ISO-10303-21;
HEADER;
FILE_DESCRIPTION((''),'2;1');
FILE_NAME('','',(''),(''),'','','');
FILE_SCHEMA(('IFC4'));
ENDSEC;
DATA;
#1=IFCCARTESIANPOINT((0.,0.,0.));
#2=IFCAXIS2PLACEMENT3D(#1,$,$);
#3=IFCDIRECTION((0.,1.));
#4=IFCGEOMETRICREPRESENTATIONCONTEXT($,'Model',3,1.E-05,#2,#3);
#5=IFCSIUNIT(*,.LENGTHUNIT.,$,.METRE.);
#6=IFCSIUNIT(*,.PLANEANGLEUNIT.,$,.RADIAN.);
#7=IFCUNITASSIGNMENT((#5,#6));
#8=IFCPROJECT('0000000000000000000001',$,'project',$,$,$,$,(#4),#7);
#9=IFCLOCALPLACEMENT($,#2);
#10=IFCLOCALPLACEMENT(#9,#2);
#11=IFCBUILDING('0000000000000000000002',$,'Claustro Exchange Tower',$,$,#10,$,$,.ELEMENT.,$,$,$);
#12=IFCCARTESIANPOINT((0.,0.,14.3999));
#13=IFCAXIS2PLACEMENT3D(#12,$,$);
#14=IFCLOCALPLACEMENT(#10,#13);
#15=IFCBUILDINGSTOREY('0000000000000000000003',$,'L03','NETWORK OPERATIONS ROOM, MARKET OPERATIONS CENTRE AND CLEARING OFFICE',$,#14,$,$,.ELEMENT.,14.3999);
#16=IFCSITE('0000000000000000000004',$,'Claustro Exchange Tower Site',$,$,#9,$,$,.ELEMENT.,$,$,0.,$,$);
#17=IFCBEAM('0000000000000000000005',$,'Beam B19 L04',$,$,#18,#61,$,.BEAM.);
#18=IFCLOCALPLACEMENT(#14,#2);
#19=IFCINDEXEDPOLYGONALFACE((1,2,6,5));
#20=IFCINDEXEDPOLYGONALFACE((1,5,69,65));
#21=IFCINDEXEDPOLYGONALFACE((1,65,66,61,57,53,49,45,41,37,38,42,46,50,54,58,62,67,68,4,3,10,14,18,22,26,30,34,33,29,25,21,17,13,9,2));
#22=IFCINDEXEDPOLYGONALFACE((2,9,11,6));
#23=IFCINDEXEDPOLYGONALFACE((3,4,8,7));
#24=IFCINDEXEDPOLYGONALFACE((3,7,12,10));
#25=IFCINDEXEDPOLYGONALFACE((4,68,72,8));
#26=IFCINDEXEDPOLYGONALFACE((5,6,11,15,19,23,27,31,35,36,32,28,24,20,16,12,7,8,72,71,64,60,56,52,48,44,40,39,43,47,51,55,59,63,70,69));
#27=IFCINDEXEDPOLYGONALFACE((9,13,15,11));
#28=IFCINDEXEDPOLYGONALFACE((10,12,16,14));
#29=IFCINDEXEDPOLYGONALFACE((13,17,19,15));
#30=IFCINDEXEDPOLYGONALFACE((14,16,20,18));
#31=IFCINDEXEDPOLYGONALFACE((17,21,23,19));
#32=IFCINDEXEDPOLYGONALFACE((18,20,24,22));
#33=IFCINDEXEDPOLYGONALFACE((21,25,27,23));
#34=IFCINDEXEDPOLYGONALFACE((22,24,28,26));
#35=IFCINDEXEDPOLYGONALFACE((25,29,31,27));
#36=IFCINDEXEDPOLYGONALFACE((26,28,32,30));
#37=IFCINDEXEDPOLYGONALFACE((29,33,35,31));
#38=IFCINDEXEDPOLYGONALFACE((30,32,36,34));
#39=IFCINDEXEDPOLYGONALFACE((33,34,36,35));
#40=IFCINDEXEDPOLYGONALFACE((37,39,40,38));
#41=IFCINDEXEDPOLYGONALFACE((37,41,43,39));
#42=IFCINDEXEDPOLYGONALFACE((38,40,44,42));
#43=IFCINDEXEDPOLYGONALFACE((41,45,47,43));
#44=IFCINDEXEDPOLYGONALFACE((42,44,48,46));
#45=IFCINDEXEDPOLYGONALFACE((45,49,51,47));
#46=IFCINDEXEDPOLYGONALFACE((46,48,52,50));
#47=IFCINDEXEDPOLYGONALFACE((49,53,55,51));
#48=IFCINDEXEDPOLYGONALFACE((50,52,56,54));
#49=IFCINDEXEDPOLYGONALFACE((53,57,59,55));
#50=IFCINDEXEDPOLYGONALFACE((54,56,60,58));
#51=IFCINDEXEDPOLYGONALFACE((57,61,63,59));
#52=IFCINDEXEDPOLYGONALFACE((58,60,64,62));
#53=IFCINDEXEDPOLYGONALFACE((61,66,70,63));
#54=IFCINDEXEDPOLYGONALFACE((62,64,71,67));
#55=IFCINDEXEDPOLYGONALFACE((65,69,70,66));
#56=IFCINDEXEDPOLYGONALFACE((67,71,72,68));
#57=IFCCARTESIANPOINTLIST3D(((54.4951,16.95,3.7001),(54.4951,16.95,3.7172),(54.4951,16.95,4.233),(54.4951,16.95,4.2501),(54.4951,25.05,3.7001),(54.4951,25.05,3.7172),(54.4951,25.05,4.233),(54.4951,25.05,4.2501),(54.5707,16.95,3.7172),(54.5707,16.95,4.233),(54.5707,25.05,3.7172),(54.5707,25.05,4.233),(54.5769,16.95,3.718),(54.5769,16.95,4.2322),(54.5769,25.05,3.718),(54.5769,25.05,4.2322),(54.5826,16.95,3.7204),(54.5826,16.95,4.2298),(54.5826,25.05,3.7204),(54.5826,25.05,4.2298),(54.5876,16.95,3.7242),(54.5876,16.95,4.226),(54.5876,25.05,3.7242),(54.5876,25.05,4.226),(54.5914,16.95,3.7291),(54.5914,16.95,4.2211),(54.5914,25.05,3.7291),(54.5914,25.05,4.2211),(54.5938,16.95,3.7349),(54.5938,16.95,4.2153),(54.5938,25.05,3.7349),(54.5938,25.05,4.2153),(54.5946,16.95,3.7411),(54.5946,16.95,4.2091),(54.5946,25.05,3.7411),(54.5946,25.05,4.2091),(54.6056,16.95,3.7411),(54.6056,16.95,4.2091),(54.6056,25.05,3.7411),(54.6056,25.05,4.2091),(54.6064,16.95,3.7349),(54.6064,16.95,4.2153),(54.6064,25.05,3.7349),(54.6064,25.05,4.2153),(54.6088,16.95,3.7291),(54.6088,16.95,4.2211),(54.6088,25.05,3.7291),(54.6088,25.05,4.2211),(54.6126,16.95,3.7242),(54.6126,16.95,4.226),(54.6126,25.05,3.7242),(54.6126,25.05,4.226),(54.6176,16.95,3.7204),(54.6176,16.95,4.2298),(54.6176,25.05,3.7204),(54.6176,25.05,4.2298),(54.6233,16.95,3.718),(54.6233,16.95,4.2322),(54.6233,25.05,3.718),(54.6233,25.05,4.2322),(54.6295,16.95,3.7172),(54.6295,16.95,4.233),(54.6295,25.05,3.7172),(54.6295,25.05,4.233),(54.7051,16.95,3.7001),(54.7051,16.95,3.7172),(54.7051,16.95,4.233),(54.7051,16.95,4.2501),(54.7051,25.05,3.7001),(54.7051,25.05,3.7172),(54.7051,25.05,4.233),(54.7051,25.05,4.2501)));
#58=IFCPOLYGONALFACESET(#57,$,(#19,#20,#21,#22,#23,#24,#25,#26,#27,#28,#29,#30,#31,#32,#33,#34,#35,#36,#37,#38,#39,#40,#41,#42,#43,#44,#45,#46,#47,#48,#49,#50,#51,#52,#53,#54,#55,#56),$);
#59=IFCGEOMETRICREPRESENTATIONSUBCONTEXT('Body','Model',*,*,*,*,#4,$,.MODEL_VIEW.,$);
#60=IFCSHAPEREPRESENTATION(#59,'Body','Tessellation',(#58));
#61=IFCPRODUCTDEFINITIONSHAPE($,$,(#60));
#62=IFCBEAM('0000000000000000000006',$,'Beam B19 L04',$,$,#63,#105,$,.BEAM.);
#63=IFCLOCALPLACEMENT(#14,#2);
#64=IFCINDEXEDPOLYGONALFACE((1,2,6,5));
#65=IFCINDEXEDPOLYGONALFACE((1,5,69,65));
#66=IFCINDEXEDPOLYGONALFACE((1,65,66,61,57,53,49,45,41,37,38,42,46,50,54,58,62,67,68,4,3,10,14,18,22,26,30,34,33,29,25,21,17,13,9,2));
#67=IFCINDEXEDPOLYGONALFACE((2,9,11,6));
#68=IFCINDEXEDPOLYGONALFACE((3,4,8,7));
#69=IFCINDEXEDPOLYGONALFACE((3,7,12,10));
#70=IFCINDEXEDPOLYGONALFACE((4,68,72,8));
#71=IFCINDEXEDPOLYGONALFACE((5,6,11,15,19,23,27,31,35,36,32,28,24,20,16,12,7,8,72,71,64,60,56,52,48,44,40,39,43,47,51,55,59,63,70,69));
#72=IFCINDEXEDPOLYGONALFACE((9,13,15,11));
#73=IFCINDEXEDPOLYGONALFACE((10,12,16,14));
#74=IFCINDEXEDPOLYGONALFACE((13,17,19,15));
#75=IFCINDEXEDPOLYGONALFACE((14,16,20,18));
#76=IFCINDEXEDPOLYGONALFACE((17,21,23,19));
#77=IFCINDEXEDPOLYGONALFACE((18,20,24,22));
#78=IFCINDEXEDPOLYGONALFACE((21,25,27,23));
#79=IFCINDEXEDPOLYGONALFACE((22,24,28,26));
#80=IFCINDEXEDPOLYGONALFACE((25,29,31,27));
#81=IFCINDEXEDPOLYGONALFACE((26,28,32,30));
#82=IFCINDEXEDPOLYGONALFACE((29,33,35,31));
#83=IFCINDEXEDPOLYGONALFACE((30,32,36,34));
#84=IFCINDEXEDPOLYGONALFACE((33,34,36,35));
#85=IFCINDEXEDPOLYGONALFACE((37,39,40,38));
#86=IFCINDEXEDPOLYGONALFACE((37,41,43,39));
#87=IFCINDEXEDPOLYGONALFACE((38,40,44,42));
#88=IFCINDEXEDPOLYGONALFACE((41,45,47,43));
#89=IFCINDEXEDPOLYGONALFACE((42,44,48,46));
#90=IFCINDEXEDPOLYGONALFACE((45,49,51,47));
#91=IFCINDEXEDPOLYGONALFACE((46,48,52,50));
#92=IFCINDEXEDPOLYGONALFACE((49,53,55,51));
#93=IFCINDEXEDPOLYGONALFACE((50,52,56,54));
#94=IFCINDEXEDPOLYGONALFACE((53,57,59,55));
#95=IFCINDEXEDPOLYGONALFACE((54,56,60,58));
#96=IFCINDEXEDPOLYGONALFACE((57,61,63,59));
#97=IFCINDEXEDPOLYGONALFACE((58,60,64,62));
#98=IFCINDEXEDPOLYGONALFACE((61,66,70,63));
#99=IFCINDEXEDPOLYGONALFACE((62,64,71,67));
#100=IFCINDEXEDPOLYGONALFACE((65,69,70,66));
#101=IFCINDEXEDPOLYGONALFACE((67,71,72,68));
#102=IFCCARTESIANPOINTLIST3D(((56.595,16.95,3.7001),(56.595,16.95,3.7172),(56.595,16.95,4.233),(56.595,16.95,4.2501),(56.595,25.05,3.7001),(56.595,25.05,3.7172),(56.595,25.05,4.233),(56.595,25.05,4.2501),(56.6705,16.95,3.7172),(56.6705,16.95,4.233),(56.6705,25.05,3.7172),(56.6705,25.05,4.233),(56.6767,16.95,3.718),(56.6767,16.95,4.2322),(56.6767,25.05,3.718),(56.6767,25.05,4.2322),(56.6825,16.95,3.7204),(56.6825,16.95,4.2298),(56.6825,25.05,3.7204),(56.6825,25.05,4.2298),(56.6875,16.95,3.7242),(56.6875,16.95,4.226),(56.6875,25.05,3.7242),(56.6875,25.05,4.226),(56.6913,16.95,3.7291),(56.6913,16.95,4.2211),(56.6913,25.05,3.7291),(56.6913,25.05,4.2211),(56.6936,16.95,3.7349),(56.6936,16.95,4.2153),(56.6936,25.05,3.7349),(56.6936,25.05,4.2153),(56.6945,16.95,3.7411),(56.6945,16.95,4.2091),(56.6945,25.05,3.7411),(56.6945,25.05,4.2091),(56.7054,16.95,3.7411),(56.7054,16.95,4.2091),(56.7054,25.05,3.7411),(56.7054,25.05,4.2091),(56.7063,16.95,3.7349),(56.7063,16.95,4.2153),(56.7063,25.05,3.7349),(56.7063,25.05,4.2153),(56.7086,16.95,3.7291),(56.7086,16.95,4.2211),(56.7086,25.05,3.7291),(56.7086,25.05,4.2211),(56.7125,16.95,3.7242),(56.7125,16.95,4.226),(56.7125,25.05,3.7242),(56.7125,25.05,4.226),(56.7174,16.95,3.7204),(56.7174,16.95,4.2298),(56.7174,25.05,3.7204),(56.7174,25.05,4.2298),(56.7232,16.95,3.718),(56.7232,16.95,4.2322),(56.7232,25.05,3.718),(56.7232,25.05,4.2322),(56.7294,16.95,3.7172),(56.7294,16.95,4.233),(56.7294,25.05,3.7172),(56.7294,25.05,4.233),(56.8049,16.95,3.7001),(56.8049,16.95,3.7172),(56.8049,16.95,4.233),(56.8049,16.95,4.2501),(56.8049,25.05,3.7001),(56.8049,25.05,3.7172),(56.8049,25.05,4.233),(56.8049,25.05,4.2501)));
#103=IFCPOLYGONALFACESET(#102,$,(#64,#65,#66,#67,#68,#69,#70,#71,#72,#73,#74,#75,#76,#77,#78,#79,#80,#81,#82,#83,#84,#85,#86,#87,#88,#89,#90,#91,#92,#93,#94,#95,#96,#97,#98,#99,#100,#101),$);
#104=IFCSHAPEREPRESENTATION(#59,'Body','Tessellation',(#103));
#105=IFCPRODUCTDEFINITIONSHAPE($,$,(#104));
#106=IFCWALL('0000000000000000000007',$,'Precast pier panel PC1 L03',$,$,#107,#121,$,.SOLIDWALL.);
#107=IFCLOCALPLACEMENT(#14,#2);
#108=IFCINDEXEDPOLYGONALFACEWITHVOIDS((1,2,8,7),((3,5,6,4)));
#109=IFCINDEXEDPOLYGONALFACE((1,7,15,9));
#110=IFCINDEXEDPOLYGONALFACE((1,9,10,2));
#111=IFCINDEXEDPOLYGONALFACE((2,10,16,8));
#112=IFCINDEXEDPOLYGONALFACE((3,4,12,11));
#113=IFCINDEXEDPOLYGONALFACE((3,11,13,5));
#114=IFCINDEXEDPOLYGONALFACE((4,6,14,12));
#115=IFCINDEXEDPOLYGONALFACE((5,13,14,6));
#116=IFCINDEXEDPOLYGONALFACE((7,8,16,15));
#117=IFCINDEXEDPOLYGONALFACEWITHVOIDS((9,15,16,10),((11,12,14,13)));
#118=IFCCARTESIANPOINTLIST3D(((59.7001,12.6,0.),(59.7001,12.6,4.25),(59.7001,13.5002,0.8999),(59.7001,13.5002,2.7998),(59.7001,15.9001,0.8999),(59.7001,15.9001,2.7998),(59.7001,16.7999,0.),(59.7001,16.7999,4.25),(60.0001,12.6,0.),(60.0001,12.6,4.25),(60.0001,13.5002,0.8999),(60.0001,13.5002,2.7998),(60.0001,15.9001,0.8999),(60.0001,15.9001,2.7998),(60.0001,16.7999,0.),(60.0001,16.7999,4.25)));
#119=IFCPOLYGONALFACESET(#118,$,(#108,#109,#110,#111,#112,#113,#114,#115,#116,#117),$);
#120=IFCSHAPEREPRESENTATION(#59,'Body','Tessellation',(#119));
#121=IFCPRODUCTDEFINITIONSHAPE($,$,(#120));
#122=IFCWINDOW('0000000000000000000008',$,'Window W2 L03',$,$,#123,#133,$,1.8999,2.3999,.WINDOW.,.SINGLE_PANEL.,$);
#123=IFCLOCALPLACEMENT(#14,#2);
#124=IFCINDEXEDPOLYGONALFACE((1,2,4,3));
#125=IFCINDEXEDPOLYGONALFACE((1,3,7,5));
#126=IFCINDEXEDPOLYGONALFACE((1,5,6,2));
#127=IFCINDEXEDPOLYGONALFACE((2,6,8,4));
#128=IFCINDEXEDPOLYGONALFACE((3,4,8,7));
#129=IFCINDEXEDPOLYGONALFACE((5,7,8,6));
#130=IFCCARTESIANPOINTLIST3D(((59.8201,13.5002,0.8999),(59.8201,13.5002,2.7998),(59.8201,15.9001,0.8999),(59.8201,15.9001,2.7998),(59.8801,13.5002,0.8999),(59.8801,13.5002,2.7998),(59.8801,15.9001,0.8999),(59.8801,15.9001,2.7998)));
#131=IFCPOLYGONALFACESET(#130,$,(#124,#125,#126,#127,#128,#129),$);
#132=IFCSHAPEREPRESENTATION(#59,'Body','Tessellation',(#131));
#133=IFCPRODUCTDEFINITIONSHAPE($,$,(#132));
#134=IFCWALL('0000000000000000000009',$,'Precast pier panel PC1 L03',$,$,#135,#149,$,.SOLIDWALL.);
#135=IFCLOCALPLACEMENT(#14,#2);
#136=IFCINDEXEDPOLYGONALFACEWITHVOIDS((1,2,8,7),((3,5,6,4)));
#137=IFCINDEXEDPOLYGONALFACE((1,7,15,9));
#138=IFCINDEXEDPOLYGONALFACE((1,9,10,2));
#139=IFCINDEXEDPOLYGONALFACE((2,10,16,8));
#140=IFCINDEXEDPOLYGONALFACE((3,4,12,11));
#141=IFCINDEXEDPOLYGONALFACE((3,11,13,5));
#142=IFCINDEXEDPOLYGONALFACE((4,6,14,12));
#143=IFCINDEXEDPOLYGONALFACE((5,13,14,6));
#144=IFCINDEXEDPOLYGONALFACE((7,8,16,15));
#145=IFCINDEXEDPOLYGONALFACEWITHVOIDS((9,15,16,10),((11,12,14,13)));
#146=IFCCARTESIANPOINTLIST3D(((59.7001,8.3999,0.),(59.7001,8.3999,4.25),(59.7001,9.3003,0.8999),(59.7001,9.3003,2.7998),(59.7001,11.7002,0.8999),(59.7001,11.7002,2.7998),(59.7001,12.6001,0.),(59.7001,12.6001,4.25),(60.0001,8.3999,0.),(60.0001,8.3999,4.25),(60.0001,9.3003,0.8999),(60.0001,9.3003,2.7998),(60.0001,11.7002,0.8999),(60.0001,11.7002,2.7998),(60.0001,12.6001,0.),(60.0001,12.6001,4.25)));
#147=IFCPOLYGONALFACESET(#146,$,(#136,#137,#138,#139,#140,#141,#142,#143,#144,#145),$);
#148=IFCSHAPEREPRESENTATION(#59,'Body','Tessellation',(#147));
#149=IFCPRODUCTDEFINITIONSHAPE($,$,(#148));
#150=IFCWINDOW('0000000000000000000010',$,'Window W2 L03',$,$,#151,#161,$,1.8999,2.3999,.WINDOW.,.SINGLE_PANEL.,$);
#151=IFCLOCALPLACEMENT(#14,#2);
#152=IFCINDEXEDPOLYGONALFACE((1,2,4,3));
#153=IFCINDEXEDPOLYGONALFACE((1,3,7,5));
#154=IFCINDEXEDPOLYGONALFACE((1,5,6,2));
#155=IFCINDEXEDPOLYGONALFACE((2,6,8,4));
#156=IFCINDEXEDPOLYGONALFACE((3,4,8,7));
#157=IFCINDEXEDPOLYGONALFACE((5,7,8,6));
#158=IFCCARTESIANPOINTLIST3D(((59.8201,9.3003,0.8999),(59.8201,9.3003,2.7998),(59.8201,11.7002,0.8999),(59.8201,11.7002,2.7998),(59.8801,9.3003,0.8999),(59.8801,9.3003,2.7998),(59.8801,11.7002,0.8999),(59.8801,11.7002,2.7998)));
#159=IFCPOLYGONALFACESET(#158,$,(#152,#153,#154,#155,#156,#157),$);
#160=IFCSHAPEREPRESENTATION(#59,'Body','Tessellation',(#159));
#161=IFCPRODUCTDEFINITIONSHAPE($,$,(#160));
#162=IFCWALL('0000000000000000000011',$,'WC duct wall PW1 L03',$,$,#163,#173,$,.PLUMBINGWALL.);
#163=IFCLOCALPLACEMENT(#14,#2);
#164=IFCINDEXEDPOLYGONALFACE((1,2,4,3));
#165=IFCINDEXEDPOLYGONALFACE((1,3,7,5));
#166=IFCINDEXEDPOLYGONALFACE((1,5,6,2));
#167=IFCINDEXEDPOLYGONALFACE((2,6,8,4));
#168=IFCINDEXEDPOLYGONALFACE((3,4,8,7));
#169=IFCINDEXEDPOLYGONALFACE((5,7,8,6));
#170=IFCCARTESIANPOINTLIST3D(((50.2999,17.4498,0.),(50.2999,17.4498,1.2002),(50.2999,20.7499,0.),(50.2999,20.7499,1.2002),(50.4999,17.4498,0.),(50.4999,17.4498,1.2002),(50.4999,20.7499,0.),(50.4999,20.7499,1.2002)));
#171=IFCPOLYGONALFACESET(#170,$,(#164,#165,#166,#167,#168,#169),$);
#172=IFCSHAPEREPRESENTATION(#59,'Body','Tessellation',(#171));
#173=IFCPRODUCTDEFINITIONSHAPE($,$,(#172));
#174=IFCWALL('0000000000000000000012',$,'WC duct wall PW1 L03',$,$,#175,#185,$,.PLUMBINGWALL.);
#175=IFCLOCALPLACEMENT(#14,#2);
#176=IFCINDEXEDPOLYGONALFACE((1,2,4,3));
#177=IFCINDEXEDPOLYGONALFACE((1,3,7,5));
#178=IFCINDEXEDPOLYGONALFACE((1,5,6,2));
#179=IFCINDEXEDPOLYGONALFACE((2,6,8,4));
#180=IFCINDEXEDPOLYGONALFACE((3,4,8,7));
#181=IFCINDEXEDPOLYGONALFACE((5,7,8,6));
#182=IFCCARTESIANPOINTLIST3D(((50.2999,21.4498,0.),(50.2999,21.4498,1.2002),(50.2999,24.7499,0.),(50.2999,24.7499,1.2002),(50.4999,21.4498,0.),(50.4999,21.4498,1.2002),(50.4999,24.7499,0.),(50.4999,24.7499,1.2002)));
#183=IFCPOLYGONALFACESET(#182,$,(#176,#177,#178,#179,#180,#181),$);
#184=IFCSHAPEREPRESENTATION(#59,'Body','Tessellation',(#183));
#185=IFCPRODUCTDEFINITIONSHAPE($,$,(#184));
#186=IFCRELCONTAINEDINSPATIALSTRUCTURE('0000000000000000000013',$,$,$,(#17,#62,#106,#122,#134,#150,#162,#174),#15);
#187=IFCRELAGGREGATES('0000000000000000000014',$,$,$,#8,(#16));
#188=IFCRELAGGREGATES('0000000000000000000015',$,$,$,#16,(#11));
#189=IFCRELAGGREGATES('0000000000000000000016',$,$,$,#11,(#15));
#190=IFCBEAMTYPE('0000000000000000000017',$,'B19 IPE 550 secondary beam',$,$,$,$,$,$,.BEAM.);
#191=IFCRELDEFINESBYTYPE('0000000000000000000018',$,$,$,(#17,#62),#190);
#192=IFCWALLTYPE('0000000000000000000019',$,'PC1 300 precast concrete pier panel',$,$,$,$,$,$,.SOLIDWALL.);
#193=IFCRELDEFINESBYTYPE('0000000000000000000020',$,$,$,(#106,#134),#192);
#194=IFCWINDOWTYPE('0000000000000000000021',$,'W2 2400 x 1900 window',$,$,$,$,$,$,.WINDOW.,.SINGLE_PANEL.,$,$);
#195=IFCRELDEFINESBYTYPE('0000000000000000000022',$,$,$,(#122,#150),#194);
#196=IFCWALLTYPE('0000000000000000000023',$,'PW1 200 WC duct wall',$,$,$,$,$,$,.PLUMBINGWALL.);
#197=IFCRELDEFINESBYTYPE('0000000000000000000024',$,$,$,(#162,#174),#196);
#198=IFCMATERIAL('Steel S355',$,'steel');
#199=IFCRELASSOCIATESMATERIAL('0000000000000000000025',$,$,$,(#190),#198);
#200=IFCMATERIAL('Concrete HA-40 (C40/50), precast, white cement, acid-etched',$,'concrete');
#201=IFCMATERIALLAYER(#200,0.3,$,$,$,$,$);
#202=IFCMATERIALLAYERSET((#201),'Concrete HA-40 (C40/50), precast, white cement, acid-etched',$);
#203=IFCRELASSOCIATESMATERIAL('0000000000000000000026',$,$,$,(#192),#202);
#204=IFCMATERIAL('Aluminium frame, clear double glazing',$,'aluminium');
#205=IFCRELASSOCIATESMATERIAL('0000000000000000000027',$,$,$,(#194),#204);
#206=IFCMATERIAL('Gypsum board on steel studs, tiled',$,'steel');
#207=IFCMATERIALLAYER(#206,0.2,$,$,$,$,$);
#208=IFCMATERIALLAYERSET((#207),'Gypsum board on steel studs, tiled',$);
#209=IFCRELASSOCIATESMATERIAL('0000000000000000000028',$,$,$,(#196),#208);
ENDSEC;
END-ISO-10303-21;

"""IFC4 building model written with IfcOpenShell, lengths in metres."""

from ifc_helpers import new_model, si_unit, direction, frame, frame_2d, origin, origin_2d, place, context, subcontext, project, spatial, rectangle, i_section, extrude, material, layer, layer_set, material_profile, profile_set, type_object, element, fill, save


model = new_model("IFC4")

# Units and contexts
model_context = context("Model", 3, precision=1e-05, world=origin(), true_north=direction((0.0, 1.0)))
body_context = subcontext(model_context, "Body", "Model", "MODEL_VIEW")
ifc_project = project(units=[si_unit("LENGTHUNIT", "METRE"), si_unit("PLANEANGLEUNIT", "RADIAN")], contexts=[model_context])

# Site, building, storey
site_placement = place(None, origin())
site = spatial("IfcSite", under=ifc_project, at=site_placement, Name="Claustro Exchange Tower Site", CompositionType="ELEMENT", RefElevation=0.0)
building_placement = place(site_placement, origin())
building = spatial("IfcBuilding", under=site, at=building_placement, Name="Claustro Exchange Tower", CompositionType="ELEMENT")
storey_placement = place(building_placement, frame((0.0, 0.0, 14.3999)))
storey = spatial("IfcBuildingStorey", under=building, at=storey_placement, Name="L03", Description="NETWORK OPERATIONS ROOM, MARKET OPERATIONS CENTRE AND CLEARING OFFICE", CompositionType="ELEMENT", Elevation=14.3999)

# Beams
ifc_material_1 = material(Name="Steel S355", Category="steel")
ifc_material_profile_1 = material_profile(ifc_material_1, i_section(OverallWidth=0.21, OverallDepth=0.55, WebThickness=0.011, FlangeThickness=0.0171, FilletRadius=0.0239, at=origin_2d()), Name="IPE 550")
ifc_profile_set_1 = profile_set([ifc_material_profile_1], Name="Steel S355")
beam_type_1 = type_object("IfcBeamType", Name="B19 IPE 550 secondary beam", PredefinedType="BEAM", material=ifc_profile_set_1)
for number, where, z_axis, x_axis, name in (
    (1, (54.6001, 16.95, 3.9751), (0.0, 1.0, 0.0), (-1.0, 0.0, 0.0), "Beam B19 L04"),
    (2, (56.7, 16.95, 3.9751), (0.0, 1.0, 0.0), (-1.0, 0.0, 0.0), "Beam B19 L04"),
):
    element("IfcBeam", number, at=place(storey_placement, frame(where, z_axis=z_axis, x_axis=x_axis)), inside=storey, type_object=beam_type_1, Name=name, PredefinedType="BEAM", context=body_context, shape_type="SweptSolid", body=[
        extrude(i_section(OverallWidth=0.21, OverallDepth=0.55, WebThickness=0.011, FlangeThickness=0.0171, FilletRadius=0.0239, at=origin_2d()), origin(), (0.0, 0.0, 1.0), 8.1001),
    ])

# Walls, openings, windows
ifc_material_2 = material(Name="Concrete HA-40 (C40/50), precast, white cement, acid-etched", Category="concrete")
ifc_layer_1 = layer(ifc_material_2, 0.3)
ifc_layer_set_1 = layer_set([ifc_layer_1], Name="Concrete HA-40 (C40/50), precast, white cement, acid-etched")
wall_type_1 = type_object("IfcWallType", Name="PC1 300 precast concrete pier panel", PredefinedType="SOLIDWALL", material=ifc_layer_set_1)
wall_1_placement = place(storey_placement, frame((59.8501, 16.8, 0.0), z_axis=(0.0, 0.0, 1.0), x_axis=(0.0, -1.0, 0.0)))
wall_1 = element("IfcWall", 3, at=wall_1_placement, inside=storey, type_object=wall_type_1, Name="Precast pier panel PC1 L03", PredefinedType="SOLIDWALL", context=body_context, shape_type="SweptSolid", body=[
    extrude(rectangle(XDim=4.2, YDim=0.3, at=frame_2d((2.1001, 0.0))), origin(), (0.0, 0.0, 1.0), 4.25),
])
opening_1_placement = place(wall_1_placement, frame((0.8999, 0.0, 0.8999)))
opening_1 = element("IfcOpeningElement", 4, at=opening_1_placement, cuts=wall_1, PredefinedType="OPENING", context=body_context, shape_type="SweptSolid", body=[
    extrude(rectangle(XDim=2.3999, YDim=1.8999, at=frame_2d((1.2, 0.95))), frame((0.0, 0.1599, 0.0), z_axis=(0.0, -1.0, 0.0), x_axis=(1.0, 0.0, 0.0)), (0.0, 0.0, 1.0), 0.3201),
])
ifc_material_3 = material(Name="Aluminium frame, clear double glazing", Category="aluminium")
window_type = type_object("IfcWindowType", Name="W2 2400 x 1900 window", PartitioningType="SINGLE_PANEL", PredefinedType="WINDOW", material=ifc_material_3)
window_1_placement = place(opening_1_placement, origin())
window_1 = element("IfcWindow", 5, at=window_1_placement, inside=storey, type_object=window_type, Name="Window W2 L03", OverallHeight=1.8999, OverallWidth=2.3999, PartitioningType="SINGLE_PANEL", PredefinedType="WINDOW", context=body_context, shape_type="SweptSolid", body=[
    extrude(rectangle(XDim=2.3999, YDim=1.8999, at=frame_2d((1.2, 0.95))), frame((0.0, 0.03, 0.0), z_axis=(0.0, -1.0, 0.0), x_axis=(1.0, 0.0, 0.0)), (0.0, 0.0, 1.0), 0.0601),
])
fill(opening_1, window_1)
wall_2_placement = place(storey_placement, frame((59.8501, 12.6001, 0.0), z_axis=(0.0, 0.0, 1.0), x_axis=(0.0, -1.0, 0.0)))
wall_2 = element("IfcWall", 6, at=wall_2_placement, inside=storey, type_object=wall_type_1, Name="Precast pier panel PC1 L03", PredefinedType="SOLIDWALL", context=body_context, shape_type="SweptSolid", body=[
    extrude(rectangle(XDim=4.2002, YDim=0.3, at=frame_2d((2.1001, 0.0))), origin(), (0.0, 0.0, 1.0), 4.25),
])
opening_2_placement = place(wall_2_placement, frame((0.8999, 0.0, 0.8999)))
opening_2 = element("IfcOpeningElement", 7, at=opening_2_placement, cuts=wall_2, PredefinedType="OPENING", context=body_context, shape_type="SweptSolid", body=[
    extrude(rectangle(XDim=2.3999, YDim=1.8999, at=frame_2d((1.2, 0.95))), frame((0.0, 0.1599, 0.0), z_axis=(0.0, -1.0, 0.0), x_axis=(1.0, 0.0, 0.0)), (0.0, 0.0, 1.0), 0.3201),
])
window_2_placement = place(opening_2_placement, origin())
window_2 = element("IfcWindow", 8, at=window_2_placement, inside=storey, type_object=window_type, Name="Window W2 L03", OverallHeight=1.8999, OverallWidth=2.3999, PartitioningType="SINGLE_PANEL", PredefinedType="WINDOW", context=body_context, shape_type="SweptSolid", body=[
    extrude(rectangle(XDim=2.3999, YDim=1.8999, at=frame_2d((1.2, 0.95))), frame((0.0, 0.03, 0.0), z_axis=(0.0, -1.0, 0.0), x_axis=(1.0, 0.0, 0.0)), (0.0, 0.0, 1.0), 0.0601),
])
fill(opening_2, window_2)

# Walls
ifc_material_4 = material(Name="Gypsum board on steel studs, tiled", Category="steel")
ifc_layer_2 = layer(ifc_material_4, 0.2)
ifc_layer_set_2 = layer_set([ifc_layer_2], Name="Gypsum board on steel studs, tiled")
wall_type_2 = type_object("IfcWallType", Name="PW1 200 WC duct wall", PredefinedType="PLUMBINGWALL", material=ifc_layer_set_2)
for number, where, z_axis, x_axis, name in (
    (9, (50.3999, 17.45, 0.0), (0.0, 0.0, 1.0), (0.0, 1.0, 0.0), "WC duct wall PW1 L03"),
    (10, (50.3999, 21.45, 0.0), (0.0, 0.0, 1.0), (0.0, 1.0, 0.0), "WC duct wall PW1 L03"),
):
    element("IfcWall", number, at=place(storey_placement, frame(where, z_axis=z_axis, x_axis=x_axis)), inside=storey, type_object=wall_type_2, Name=name, PredefinedType="PLUMBINGWALL", context=body_context, shape_type="SweptSolid", body=[
        extrude(rectangle(XDim=3.3, YDim=0.2, at=frame_2d((1.6499, 0.0))), origin(), (0.0, 0.0, 1.0), 1.2002),
    ])

save(model, "model.ifc")
